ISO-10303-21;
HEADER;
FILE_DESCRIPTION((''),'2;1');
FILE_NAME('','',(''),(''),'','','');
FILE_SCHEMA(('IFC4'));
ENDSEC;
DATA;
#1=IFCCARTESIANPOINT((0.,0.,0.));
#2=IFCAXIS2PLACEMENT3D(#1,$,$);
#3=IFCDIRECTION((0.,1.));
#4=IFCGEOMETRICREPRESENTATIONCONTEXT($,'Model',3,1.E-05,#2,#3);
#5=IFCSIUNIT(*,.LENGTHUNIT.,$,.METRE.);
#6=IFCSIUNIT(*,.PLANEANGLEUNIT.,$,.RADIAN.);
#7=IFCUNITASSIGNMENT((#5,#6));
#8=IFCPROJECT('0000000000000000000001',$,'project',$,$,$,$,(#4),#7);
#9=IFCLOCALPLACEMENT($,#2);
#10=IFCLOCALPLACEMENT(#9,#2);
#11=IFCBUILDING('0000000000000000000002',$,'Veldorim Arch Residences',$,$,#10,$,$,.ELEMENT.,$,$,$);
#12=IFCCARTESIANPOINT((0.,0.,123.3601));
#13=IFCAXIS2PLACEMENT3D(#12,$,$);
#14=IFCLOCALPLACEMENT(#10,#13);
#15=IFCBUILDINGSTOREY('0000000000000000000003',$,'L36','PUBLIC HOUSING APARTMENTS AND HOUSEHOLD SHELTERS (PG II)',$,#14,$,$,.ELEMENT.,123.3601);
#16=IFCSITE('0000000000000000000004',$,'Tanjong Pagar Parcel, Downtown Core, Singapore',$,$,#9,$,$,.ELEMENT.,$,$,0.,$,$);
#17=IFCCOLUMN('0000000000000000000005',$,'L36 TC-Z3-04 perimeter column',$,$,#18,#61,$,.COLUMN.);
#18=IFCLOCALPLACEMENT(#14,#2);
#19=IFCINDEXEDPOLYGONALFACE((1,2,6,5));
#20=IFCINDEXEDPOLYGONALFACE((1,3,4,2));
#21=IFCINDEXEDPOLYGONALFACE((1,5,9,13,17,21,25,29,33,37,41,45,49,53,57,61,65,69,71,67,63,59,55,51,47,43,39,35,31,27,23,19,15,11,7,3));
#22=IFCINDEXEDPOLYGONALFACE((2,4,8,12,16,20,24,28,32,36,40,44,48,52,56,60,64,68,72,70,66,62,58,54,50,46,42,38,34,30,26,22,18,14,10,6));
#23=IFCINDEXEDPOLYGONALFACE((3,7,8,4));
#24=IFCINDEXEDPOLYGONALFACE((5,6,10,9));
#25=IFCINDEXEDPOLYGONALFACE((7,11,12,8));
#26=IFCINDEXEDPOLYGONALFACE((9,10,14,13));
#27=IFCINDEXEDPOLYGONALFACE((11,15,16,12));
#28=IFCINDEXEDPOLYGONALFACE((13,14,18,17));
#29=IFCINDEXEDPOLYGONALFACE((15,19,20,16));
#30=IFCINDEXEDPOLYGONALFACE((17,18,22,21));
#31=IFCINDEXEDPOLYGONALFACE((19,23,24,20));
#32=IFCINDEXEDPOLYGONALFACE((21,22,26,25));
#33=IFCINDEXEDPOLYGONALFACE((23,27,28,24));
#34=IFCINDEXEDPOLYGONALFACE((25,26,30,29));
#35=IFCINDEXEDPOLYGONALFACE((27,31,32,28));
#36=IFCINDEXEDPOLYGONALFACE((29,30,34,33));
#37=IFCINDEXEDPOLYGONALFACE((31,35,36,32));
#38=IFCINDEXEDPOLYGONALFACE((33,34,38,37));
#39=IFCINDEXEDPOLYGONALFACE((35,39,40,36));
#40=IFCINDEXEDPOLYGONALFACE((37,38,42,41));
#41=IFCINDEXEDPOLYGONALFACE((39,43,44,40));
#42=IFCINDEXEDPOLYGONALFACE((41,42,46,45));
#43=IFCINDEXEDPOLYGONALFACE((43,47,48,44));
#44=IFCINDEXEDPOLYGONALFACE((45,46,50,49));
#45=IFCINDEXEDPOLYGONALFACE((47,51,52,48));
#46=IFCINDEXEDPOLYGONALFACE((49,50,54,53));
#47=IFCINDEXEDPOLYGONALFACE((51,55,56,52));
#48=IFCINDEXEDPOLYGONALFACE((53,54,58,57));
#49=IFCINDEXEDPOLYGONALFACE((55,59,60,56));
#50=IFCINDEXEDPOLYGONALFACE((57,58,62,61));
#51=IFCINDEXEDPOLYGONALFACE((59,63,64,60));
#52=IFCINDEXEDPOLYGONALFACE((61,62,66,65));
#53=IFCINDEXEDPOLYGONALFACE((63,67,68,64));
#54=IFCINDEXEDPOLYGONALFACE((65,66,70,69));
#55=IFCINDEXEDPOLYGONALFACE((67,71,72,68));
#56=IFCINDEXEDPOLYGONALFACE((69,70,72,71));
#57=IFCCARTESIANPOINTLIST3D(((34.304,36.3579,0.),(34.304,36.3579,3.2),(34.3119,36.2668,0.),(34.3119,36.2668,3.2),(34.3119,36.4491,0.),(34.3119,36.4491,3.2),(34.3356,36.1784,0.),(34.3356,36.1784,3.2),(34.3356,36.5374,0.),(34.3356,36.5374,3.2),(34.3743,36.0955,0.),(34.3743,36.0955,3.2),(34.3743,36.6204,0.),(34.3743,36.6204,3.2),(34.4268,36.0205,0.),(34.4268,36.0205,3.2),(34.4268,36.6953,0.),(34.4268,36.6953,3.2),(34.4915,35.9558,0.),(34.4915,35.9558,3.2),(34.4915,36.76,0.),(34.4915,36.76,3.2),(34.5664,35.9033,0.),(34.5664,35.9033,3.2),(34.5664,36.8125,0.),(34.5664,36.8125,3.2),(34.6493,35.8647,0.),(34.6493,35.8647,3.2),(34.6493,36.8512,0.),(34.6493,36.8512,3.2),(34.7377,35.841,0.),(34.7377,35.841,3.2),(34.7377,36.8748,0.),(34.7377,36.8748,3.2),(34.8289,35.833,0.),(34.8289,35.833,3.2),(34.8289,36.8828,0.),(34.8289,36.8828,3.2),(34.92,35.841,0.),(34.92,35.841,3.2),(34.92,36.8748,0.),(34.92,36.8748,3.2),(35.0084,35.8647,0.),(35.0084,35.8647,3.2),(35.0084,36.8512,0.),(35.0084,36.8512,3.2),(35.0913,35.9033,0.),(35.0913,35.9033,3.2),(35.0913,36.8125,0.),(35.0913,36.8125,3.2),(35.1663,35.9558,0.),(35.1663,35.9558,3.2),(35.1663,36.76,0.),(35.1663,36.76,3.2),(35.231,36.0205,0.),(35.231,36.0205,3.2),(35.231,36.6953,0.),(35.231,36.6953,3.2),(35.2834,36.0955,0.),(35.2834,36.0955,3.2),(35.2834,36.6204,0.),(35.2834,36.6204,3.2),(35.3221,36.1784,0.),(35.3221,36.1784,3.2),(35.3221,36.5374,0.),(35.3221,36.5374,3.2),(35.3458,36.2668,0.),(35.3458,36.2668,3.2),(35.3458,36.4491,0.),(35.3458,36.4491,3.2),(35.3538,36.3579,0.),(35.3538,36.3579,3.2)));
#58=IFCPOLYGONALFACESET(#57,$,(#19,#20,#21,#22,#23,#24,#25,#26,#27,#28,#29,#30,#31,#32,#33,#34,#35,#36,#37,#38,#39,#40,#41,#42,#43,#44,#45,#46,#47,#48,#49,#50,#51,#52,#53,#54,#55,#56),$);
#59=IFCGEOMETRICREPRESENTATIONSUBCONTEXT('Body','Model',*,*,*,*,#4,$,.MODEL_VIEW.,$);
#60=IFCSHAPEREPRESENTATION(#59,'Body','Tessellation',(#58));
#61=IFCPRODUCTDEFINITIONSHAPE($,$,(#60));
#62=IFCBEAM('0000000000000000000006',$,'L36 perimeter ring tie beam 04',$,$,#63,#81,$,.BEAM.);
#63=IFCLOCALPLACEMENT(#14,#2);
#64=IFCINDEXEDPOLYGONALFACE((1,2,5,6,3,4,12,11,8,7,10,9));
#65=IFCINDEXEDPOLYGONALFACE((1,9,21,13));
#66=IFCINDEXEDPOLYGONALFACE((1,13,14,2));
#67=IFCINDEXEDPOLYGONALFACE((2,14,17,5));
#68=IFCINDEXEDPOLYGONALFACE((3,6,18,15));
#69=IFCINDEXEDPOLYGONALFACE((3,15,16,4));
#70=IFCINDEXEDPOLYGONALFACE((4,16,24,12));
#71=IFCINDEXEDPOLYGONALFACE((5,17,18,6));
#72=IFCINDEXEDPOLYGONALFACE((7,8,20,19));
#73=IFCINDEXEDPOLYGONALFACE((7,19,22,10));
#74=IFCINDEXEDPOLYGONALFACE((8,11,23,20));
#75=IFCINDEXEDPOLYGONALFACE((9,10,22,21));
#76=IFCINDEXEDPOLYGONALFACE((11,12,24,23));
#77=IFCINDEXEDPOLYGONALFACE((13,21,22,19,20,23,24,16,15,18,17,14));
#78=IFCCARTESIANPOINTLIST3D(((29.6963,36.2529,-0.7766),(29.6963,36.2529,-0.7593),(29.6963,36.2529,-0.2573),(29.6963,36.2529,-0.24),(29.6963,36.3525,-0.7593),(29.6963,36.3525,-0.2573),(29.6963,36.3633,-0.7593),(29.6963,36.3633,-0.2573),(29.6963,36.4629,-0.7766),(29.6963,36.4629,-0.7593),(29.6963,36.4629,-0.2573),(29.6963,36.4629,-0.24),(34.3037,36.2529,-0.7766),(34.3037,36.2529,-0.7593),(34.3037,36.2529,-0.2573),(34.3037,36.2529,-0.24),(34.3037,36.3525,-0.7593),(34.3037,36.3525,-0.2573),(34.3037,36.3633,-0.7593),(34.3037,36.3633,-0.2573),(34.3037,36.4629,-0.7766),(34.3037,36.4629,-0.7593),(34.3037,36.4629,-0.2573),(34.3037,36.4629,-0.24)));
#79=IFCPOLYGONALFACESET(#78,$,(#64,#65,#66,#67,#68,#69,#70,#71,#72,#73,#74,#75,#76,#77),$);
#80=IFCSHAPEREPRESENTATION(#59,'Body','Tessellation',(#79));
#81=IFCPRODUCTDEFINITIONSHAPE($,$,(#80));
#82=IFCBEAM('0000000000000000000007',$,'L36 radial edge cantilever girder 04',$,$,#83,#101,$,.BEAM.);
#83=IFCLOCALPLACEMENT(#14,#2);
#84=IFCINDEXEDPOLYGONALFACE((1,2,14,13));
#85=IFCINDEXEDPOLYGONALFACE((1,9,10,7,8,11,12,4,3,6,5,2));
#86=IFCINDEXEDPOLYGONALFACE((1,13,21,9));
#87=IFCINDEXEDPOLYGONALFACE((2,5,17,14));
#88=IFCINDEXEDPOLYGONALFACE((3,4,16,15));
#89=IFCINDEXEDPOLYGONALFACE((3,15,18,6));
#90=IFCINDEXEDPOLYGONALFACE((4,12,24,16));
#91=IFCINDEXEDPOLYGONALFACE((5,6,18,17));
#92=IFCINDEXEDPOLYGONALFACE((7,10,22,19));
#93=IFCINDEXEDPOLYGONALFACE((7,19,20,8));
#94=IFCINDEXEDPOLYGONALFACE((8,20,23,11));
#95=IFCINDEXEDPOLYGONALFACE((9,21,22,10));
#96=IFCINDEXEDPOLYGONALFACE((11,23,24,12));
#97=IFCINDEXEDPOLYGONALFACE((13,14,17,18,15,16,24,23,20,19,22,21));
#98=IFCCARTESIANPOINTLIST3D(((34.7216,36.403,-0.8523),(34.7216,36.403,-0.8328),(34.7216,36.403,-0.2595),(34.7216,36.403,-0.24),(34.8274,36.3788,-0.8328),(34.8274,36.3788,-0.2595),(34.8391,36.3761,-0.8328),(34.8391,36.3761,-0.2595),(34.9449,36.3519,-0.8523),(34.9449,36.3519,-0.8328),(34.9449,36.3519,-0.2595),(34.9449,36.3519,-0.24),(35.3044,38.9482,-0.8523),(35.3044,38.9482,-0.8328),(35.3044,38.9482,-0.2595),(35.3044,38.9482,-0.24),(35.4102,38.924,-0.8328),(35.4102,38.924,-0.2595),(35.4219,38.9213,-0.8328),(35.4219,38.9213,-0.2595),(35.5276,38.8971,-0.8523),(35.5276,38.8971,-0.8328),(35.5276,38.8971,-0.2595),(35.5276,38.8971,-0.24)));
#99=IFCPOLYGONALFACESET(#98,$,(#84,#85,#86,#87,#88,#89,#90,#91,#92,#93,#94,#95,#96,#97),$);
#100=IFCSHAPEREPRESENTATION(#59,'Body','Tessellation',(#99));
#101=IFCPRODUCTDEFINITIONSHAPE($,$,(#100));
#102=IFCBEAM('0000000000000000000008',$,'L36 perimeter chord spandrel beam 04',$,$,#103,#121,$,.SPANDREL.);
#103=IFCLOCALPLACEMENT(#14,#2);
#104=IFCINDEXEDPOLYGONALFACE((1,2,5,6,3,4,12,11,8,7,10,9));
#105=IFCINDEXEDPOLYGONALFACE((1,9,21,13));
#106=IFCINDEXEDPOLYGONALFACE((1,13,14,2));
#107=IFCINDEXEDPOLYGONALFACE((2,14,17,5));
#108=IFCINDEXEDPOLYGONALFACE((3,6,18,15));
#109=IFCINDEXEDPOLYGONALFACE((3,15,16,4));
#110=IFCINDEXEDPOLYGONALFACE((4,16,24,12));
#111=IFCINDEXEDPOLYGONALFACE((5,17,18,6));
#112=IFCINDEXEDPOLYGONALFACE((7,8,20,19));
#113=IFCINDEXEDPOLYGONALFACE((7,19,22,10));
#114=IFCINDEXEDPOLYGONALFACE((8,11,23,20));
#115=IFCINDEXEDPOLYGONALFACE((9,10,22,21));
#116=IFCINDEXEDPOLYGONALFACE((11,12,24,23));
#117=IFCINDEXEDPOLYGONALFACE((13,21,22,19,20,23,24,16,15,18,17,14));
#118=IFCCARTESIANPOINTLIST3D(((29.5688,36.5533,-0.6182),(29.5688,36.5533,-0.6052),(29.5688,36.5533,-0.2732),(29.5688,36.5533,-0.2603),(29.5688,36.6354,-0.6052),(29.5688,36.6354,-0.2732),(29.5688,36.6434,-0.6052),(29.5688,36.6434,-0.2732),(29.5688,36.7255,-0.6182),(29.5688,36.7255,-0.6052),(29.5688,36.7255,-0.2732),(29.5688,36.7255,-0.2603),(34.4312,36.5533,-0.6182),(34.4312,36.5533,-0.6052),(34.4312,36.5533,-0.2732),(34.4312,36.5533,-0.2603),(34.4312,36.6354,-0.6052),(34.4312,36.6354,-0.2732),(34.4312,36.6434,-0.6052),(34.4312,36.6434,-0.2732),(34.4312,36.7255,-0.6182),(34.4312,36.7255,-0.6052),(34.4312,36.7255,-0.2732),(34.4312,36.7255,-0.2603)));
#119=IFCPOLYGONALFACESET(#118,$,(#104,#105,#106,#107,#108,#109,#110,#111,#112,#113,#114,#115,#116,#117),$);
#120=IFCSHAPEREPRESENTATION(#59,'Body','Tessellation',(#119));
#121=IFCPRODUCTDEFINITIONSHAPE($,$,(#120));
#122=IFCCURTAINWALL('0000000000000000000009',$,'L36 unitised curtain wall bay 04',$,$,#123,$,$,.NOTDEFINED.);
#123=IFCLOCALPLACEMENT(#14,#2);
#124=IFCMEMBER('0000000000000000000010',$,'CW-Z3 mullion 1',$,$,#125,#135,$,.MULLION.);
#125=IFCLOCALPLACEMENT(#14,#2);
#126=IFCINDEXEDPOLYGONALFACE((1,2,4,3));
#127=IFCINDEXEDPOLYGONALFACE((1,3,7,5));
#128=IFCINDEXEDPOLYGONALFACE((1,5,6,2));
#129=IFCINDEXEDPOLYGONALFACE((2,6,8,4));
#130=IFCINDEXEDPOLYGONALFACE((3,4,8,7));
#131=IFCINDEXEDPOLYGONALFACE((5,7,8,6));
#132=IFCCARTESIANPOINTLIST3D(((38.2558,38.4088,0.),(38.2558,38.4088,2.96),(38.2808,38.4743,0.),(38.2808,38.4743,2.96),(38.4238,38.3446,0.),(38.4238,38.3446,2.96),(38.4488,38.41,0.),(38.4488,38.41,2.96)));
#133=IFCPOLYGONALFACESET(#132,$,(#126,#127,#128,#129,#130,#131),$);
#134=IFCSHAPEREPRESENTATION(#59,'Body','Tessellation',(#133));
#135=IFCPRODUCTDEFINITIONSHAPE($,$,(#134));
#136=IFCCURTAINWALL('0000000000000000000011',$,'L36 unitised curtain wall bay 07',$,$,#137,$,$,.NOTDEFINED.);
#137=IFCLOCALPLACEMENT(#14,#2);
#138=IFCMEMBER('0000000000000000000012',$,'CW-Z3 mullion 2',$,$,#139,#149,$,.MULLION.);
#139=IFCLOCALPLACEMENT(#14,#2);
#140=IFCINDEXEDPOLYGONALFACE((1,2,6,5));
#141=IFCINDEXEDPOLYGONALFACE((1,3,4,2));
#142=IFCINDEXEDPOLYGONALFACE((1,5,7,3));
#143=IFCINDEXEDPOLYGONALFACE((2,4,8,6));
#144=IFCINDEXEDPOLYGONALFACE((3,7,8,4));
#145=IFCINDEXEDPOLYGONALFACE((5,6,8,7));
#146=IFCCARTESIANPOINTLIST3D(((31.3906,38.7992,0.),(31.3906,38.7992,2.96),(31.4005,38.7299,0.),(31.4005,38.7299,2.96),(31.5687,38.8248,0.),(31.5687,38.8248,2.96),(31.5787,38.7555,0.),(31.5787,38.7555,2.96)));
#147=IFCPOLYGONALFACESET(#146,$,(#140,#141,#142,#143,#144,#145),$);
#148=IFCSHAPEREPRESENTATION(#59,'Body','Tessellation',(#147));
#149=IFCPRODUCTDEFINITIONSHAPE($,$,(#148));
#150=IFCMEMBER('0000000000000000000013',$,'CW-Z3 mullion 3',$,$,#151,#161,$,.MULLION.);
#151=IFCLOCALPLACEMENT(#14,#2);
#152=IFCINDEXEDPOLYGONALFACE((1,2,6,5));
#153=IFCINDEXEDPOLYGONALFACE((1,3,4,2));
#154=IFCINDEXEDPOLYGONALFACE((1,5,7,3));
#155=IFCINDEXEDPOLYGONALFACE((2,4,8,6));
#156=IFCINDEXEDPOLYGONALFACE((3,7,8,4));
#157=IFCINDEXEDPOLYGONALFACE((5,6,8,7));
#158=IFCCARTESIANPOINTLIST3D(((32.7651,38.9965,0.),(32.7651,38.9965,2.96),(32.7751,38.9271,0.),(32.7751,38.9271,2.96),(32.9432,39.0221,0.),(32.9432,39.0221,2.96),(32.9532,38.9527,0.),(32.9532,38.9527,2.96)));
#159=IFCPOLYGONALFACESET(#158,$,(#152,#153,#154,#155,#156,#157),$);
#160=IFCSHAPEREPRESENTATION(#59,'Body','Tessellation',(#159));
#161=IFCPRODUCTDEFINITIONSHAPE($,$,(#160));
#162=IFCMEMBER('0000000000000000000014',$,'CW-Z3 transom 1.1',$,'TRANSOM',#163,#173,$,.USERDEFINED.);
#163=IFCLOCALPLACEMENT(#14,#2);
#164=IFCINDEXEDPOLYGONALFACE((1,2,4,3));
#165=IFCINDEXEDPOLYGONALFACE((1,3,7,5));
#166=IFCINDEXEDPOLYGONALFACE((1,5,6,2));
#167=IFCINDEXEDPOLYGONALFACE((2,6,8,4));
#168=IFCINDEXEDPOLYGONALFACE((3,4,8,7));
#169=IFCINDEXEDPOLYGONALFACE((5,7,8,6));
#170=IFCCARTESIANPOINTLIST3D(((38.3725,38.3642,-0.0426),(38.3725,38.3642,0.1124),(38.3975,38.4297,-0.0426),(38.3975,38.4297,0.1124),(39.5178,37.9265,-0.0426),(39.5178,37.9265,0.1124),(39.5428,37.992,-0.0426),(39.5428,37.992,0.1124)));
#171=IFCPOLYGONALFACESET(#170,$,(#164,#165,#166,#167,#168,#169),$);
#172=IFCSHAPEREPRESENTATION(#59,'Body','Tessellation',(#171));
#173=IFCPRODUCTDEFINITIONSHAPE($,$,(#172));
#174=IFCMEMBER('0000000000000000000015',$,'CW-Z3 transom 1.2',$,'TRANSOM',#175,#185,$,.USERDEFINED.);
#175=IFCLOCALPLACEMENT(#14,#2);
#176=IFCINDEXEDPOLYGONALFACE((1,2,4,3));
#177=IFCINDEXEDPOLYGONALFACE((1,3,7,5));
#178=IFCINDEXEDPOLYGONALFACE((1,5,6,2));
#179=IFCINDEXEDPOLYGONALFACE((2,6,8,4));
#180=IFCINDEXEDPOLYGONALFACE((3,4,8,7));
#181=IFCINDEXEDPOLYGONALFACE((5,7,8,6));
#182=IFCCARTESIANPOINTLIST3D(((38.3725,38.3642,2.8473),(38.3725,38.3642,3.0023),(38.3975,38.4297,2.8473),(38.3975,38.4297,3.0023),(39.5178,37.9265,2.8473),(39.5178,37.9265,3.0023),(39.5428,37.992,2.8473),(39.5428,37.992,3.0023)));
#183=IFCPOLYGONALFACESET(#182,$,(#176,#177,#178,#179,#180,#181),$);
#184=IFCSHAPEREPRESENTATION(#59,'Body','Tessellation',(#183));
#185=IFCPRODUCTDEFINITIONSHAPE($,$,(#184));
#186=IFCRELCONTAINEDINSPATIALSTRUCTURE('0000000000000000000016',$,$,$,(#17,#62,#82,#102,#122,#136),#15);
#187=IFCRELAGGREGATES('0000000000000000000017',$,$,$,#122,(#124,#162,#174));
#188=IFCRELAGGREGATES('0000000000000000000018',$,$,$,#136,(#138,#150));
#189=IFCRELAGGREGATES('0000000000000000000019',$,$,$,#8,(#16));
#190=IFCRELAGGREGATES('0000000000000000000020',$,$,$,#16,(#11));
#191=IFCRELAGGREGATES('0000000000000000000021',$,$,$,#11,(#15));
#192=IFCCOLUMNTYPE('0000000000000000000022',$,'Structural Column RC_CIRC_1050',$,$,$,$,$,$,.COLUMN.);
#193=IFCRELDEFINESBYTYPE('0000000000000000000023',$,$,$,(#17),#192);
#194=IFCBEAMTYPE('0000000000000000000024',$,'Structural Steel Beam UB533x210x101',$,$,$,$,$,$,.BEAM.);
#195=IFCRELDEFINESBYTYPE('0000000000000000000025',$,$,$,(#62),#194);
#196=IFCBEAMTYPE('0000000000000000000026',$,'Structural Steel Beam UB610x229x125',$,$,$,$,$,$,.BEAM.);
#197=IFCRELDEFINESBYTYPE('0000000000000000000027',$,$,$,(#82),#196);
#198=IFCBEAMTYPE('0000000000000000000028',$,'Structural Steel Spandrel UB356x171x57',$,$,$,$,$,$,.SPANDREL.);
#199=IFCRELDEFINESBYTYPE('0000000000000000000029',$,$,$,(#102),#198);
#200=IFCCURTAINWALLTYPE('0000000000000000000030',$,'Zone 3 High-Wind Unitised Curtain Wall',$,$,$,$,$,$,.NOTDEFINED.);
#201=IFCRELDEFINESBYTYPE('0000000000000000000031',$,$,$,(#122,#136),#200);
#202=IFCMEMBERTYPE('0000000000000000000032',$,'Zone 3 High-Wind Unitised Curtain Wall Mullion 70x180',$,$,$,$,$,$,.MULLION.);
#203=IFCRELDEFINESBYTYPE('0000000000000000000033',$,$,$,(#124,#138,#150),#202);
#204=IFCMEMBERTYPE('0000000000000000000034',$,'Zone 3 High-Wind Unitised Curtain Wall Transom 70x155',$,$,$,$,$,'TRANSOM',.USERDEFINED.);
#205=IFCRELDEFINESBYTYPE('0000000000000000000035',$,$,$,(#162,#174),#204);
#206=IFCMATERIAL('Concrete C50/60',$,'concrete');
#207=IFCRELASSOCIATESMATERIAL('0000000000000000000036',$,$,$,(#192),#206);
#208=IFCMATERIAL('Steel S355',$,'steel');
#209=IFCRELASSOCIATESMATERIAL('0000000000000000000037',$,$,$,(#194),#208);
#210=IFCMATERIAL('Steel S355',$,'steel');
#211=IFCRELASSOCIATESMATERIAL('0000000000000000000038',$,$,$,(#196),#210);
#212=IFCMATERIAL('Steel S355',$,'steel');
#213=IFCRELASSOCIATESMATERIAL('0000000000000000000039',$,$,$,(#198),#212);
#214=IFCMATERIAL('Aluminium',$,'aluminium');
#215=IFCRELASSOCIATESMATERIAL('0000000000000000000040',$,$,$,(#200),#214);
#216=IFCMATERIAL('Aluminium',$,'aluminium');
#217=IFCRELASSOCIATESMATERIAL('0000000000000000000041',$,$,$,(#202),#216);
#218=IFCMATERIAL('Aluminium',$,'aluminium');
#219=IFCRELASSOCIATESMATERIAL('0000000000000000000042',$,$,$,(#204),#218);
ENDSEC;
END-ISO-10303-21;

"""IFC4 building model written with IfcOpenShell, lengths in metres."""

from ifc_helpers import new_model, si_unit, direction, frame, origin, origin_2d, place, context, subcontext, project, spatial, rectangle, circle, i_section, extrude, material, material_profile, profile_set, type_object, element, aggregate, save


model = new_model("IFC4")

# Units and contexts
model_context = context("Model", 3, precision=1e-05, world=origin(), true_north=direction((0.0, 1.0)))
body_context = subcontext(model_context, "Body", "Model", "MODEL_VIEW")
ifc_project = project(units=[si_unit("LENGTHUNIT", "METRE"), si_unit("PLANEANGLEUNIT", "RADIAN")], contexts=[model_context])

# Site, building, storey
site_placement = place(None, origin())
site = spatial("IfcSite", under=ifc_project, at=site_placement, Name="Tanjong Pagar Parcel, Downtown Core, Singapore", CompositionType="ELEMENT", RefElevation=0.0)
building_placement = place(site_placement, origin())
building = spatial("IfcBuilding", under=site, at=building_placement, Name="Veldorim Arch Residences", CompositionType="ELEMENT")
storey_placement = place(building_placement, frame((0.0, 0.0, 123.3601)))
storey = spatial("IfcBuildingStorey", under=building, at=storey_placement, Name="L36", Description="PUBLIC HOUSING APARTMENTS AND HOUSEHOLD SHELTERS (PG II)", CompositionType="ELEMENT", Elevation=123.3601)

# Column
ifc_material_1 = material(Name="Concrete C50/60", Category="concrete")
ifc_material_profile_1 = material_profile(ifc_material_1, circle(Radius=0.5249, at=origin_2d()), Name="RC_CIRC_1050")
ifc_profile_set_1 = profile_set([ifc_material_profile_1], Name="Concrete C50/60")
column_type = type_object("IfcColumnType", Name="Structural Column RC_CIRC_1050", PredefinedType="COLUMN", material=ifc_profile_set_1)
column_placement = place(storey_placement, frame((34.8289, 36.3579, 0.0), z_axis=(0.0, 0.0, 1.0), x_axis=(1.0, 0.0, 0.0)))
element("IfcColumn", 1, at=column_placement, inside=storey, type_object=column_type, Name="L36 TC-Z3-04 perimeter column", PredefinedType="COLUMN", context=body_context, shape_type="SweptSolid", body=[
    extrude(circle(Radius=0.5249, at=origin_2d()), origin(), (0.0, 0.0, 1.0), 3.2),
])

# Beams
ifc_material_2 = material(Name="Steel S355", Category="steel")
ifc_material_profile_2 = material_profile(ifc_material_2, i_section(OverallWidth=0.21, OverallDepth=0.5366, WebThickness=0.0107, FlangeThickness=0.0173, at=origin_2d()), Name="UB533x210x101")
ifc_profile_set_2 = profile_set([ifc_material_profile_2], Name="Steel S355")
beam_type_1 = type_object("IfcBeamType", Name="Structural Steel Beam UB533x210x101", PredefinedType="BEAM", material=ifc_profile_set_2)
beam_1_placement = place(storey_placement, frame((34.3037, 36.3579, -0.5083), z_axis=(-1.0, 0.0, 0.0), x_axis=(0.0, -1.0, 0.0)))
element("IfcBeam", 2, at=beam_1_placement, inside=storey, type_object=beam_type_1, Name="L36 perimeter ring tie beam 04", PredefinedType="BEAM", context=body_context, shape_type="SweptSolid", body=[
    extrude(i_section(OverallWidth=0.21, OverallDepth=0.5366, WebThickness=0.0107, FlangeThickness=0.0173, at=origin_2d()), origin(), (0.0, 0.0, 1.0), 4.6074),
])
ifc_material_3 = material(Name="Steel S355", Category="steel")
ifc_material_profile_3 = material_profile(ifc_material_3, i_section(OverallWidth=0.229, OverallDepth=0.6123, WebThickness=0.012, FlangeThickness=0.0195, at=origin_2d()), Name="UB610x229x125")
ifc_profile_set_3 = profile_set([ifc_material_profile_3], Name="Steel S355")
beam_type_2 = type_object("IfcBeamType", Name="Structural Steel Beam UB610x229x125", PredefinedType="BEAM", material=ifc_profile_set_3)
beam_2_placement = place(storey_placement, frame((34.8333, 36.3774, -0.5461), z_axis=(0.223193, 0.974774, 0.0), x_axis=(-0.974774, 0.223193, 0.0)))
element("IfcBeam", 3, at=beam_2_placement, inside=storey, type_object=beam_type_2, Name="L36 radial edge cantilever girder 04", PredefinedType="BEAM", context=body_context, shape_type="SweptSolid", body=[
    extrude(i_section(OverallWidth=0.229, OverallDepth=0.6123, WebThickness=0.012, FlangeThickness=0.0195, at=origin_2d()), origin(), (0.0, 0.0, 1.0), 2.6111),
])
ifc_material_4 = material(Name="Steel S355", Category="steel")
ifc_material_profile_4 = material_profile(ifc_material_4, i_section(OverallWidth=0.1721, OverallDepth=0.3579, WebThickness=0.0081, FlangeThickness=0.0129, at=origin_2d()), Name="UB356x171x57")
ifc_profile_set_4 = profile_set([ifc_material_profile_4], Name="Steel S355")
beam_type_3 = type_object("IfcBeamType", Name="Structural Steel Spandrel UB356x171x57", PredefinedType="SPANDREL", material=ifc_profile_set_4)
beam_3_placement = place(storey_placement, frame((34.4312, 36.6394, -0.4392), z_axis=(-1.0, 0.0, 0.0), x_axis=(0.0, -1.0, 0.0)))
element("IfcBeam", 4, at=beam_3_placement, inside=storey, type_object=beam_type_3, Name="L36 perimeter chord spandrel beam 04", PredefinedType="SPANDREL", context=body_context, shape_type="SweptSolid", body=[
    extrude(i_section(OverallWidth=0.1721, OverallDepth=0.3579, WebThickness=0.0081, FlangeThickness=0.0129, at=origin_2d()), origin(), (0.0, 0.0, 1.0), 4.8623),
])

# Curtain wall, member
ifc_material_5 = material(Name="Aluminium", Category="aluminium")
curtain_wall_type = type_object("IfcCurtainWallType", Name="Zone 3 High-Wind Unitised Curtain Wall", PredefinedType="NOTDEFINED", material=ifc_material_5)
curtain_wall_1_placement = place(storey_placement, origin())
curtain_wall_1 = element("IfcCurtainWall", 5, at=curtain_wall_1_placement, inside=storey, type_object=curtain_wall_type, Name="L36 unitised curtain wall bay 04", PredefinedType="NOTDEFINED")
ifc_material_6 = material(Name="Aluminium", Category="aluminium")
ifc_material_profile_5 = material_profile(ifc_material_6, rectangle(XDim=0.0701, YDim=0.1799, at=origin_2d()), Name="ALU_MUL_70x180")
ifc_profile_set_5 = profile_set([ifc_material_profile_5], Name="Aluminium")
member_type_1 = type_object("IfcMemberType", Name="Zone 3 High-Wind Unitised Curtain Wall Mullion 70x180", PredefinedType="MULLION", material=ifc_profile_set_5)
member_1_placement = place(storey_placement, frame((38.3523, 38.4094, 0.0), z_axis=(0.0, 0.0, 1.0), x_axis=(0.356987, 0.934109, 0.0)))
member_1 = element("IfcMember", 6, at=member_1_placement, type_object=member_type_1, Name="CW-Z3 mullion 1", PredefinedType="MULLION", context=body_context, shape_type="SweptSolid", body=[
    extrude(rectangle(XDim=0.0701, YDim=0.1799, at=origin_2d()), origin(), (0.0, 0.0, 1.0), 2.96),
])

# Curtain wall, members
curtain_wall_2_placement = place(storey_placement, origin())
curtain_wall_2 = element("IfcCurtainWall", 7, at=curtain_wall_2_placement, inside=storey, type_object=curtain_wall_type, Name="L36 unitised curtain wall bay 07", PredefinedType="NOTDEFINED")
member_2_placement = place(storey_placement, frame((31.4846, 38.7773, 0.0), z_axis=(0.0, 0.0, 1.0), x_axis=(-0.14212, 0.989849, 0.0)))
member_2 = element("IfcMember", 8, at=member_2_placement, type_object=member_type_1, Name="CW-Z3 mullion 2", PredefinedType="MULLION", context=body_context, shape_type="SweptSolid", body=[
    extrude(rectangle(XDim=0.0701, YDim=0.1799, at=origin_2d()), origin(), (0.0, 0.0, 1.0), 2.96),
])
member_3_placement = place(storey_placement, frame((32.8591, 38.9746, 0.0), z_axis=(0.0, 0.0, 1.0), x_axis=(-0.14212, 0.989849, 0.0)))
member_3 = element("IfcMember", 9, at=member_3_placement, type_object=member_type_1, Name="CW-Z3 mullion 3", PredefinedType="MULLION", context=body_context, shape_type="SweptSolid", body=[
    extrude(rectangle(XDim=0.0701, YDim=0.1799, at=origin_2d()), origin(), (0.0, 0.0, 1.0), 2.96),
])

# Members
ifc_material_7 = material(Name="Aluminium", Category="aluminium")
ifc_material_profile_6 = material_profile(ifc_material_7, rectangle(XDim=0.0701, YDim=0.155, at=origin_2d()), Name="ALU_TRN_70x155")
ifc_profile_set_6 = profile_set([ifc_material_profile_6], Name="Aluminium")
member_type_2 = type_object("IfcMemberType", Name="Zone 3 High-Wind Unitised Curtain Wall Transom 70x155", ElementType="TRANSOM", PredefinedType="USERDEFINED", material=ifc_profile_set_6)
member_4_placement = place(storey_placement, frame((38.385, 38.397, 0.0349), z_axis=(0.934093, -0.35703, 0.0), x_axis=(0.35703, 0.934093, 0.0)))
member_4 = element("IfcMember", 10, at=member_4_placement, type_object=member_type_2, Name="CW-Z3 transom 1.1", ObjectType="TRANSOM", PredefinedType="USERDEFINED", context=body_context, shape_type="SweptSolid", body=[
    extrude(rectangle(XDim=0.0701, YDim=0.155, at=origin_2d()), origin(), (0.0, 0.0, 1.0), 1.2261),
])
member_5_placement = place(storey_placement, frame((38.385, 38.397, 2.9248), z_axis=(0.934093, -0.35703, 0.0), x_axis=(0.35703, 0.934093, 0.0)))
member_5 = element("IfcMember", 11, at=member_5_placement, type_object=member_type_2, Name="CW-Z3 transom 1.2", ObjectType="TRANSOM", PredefinedType="USERDEFINED", context=body_context, shape_type="SweptSolid", body=[
    extrude(rectangle(XDim=0.0701, YDim=0.155, at=origin_2d()), origin(), (0.0, 0.0, 1.0), 1.2261),
])

aggregate(curtain_wall_1, [member_1, member_4, member_5])
aggregate(curtain_wall_2, [member_2, member_3])

save(model, "model.ifc")
